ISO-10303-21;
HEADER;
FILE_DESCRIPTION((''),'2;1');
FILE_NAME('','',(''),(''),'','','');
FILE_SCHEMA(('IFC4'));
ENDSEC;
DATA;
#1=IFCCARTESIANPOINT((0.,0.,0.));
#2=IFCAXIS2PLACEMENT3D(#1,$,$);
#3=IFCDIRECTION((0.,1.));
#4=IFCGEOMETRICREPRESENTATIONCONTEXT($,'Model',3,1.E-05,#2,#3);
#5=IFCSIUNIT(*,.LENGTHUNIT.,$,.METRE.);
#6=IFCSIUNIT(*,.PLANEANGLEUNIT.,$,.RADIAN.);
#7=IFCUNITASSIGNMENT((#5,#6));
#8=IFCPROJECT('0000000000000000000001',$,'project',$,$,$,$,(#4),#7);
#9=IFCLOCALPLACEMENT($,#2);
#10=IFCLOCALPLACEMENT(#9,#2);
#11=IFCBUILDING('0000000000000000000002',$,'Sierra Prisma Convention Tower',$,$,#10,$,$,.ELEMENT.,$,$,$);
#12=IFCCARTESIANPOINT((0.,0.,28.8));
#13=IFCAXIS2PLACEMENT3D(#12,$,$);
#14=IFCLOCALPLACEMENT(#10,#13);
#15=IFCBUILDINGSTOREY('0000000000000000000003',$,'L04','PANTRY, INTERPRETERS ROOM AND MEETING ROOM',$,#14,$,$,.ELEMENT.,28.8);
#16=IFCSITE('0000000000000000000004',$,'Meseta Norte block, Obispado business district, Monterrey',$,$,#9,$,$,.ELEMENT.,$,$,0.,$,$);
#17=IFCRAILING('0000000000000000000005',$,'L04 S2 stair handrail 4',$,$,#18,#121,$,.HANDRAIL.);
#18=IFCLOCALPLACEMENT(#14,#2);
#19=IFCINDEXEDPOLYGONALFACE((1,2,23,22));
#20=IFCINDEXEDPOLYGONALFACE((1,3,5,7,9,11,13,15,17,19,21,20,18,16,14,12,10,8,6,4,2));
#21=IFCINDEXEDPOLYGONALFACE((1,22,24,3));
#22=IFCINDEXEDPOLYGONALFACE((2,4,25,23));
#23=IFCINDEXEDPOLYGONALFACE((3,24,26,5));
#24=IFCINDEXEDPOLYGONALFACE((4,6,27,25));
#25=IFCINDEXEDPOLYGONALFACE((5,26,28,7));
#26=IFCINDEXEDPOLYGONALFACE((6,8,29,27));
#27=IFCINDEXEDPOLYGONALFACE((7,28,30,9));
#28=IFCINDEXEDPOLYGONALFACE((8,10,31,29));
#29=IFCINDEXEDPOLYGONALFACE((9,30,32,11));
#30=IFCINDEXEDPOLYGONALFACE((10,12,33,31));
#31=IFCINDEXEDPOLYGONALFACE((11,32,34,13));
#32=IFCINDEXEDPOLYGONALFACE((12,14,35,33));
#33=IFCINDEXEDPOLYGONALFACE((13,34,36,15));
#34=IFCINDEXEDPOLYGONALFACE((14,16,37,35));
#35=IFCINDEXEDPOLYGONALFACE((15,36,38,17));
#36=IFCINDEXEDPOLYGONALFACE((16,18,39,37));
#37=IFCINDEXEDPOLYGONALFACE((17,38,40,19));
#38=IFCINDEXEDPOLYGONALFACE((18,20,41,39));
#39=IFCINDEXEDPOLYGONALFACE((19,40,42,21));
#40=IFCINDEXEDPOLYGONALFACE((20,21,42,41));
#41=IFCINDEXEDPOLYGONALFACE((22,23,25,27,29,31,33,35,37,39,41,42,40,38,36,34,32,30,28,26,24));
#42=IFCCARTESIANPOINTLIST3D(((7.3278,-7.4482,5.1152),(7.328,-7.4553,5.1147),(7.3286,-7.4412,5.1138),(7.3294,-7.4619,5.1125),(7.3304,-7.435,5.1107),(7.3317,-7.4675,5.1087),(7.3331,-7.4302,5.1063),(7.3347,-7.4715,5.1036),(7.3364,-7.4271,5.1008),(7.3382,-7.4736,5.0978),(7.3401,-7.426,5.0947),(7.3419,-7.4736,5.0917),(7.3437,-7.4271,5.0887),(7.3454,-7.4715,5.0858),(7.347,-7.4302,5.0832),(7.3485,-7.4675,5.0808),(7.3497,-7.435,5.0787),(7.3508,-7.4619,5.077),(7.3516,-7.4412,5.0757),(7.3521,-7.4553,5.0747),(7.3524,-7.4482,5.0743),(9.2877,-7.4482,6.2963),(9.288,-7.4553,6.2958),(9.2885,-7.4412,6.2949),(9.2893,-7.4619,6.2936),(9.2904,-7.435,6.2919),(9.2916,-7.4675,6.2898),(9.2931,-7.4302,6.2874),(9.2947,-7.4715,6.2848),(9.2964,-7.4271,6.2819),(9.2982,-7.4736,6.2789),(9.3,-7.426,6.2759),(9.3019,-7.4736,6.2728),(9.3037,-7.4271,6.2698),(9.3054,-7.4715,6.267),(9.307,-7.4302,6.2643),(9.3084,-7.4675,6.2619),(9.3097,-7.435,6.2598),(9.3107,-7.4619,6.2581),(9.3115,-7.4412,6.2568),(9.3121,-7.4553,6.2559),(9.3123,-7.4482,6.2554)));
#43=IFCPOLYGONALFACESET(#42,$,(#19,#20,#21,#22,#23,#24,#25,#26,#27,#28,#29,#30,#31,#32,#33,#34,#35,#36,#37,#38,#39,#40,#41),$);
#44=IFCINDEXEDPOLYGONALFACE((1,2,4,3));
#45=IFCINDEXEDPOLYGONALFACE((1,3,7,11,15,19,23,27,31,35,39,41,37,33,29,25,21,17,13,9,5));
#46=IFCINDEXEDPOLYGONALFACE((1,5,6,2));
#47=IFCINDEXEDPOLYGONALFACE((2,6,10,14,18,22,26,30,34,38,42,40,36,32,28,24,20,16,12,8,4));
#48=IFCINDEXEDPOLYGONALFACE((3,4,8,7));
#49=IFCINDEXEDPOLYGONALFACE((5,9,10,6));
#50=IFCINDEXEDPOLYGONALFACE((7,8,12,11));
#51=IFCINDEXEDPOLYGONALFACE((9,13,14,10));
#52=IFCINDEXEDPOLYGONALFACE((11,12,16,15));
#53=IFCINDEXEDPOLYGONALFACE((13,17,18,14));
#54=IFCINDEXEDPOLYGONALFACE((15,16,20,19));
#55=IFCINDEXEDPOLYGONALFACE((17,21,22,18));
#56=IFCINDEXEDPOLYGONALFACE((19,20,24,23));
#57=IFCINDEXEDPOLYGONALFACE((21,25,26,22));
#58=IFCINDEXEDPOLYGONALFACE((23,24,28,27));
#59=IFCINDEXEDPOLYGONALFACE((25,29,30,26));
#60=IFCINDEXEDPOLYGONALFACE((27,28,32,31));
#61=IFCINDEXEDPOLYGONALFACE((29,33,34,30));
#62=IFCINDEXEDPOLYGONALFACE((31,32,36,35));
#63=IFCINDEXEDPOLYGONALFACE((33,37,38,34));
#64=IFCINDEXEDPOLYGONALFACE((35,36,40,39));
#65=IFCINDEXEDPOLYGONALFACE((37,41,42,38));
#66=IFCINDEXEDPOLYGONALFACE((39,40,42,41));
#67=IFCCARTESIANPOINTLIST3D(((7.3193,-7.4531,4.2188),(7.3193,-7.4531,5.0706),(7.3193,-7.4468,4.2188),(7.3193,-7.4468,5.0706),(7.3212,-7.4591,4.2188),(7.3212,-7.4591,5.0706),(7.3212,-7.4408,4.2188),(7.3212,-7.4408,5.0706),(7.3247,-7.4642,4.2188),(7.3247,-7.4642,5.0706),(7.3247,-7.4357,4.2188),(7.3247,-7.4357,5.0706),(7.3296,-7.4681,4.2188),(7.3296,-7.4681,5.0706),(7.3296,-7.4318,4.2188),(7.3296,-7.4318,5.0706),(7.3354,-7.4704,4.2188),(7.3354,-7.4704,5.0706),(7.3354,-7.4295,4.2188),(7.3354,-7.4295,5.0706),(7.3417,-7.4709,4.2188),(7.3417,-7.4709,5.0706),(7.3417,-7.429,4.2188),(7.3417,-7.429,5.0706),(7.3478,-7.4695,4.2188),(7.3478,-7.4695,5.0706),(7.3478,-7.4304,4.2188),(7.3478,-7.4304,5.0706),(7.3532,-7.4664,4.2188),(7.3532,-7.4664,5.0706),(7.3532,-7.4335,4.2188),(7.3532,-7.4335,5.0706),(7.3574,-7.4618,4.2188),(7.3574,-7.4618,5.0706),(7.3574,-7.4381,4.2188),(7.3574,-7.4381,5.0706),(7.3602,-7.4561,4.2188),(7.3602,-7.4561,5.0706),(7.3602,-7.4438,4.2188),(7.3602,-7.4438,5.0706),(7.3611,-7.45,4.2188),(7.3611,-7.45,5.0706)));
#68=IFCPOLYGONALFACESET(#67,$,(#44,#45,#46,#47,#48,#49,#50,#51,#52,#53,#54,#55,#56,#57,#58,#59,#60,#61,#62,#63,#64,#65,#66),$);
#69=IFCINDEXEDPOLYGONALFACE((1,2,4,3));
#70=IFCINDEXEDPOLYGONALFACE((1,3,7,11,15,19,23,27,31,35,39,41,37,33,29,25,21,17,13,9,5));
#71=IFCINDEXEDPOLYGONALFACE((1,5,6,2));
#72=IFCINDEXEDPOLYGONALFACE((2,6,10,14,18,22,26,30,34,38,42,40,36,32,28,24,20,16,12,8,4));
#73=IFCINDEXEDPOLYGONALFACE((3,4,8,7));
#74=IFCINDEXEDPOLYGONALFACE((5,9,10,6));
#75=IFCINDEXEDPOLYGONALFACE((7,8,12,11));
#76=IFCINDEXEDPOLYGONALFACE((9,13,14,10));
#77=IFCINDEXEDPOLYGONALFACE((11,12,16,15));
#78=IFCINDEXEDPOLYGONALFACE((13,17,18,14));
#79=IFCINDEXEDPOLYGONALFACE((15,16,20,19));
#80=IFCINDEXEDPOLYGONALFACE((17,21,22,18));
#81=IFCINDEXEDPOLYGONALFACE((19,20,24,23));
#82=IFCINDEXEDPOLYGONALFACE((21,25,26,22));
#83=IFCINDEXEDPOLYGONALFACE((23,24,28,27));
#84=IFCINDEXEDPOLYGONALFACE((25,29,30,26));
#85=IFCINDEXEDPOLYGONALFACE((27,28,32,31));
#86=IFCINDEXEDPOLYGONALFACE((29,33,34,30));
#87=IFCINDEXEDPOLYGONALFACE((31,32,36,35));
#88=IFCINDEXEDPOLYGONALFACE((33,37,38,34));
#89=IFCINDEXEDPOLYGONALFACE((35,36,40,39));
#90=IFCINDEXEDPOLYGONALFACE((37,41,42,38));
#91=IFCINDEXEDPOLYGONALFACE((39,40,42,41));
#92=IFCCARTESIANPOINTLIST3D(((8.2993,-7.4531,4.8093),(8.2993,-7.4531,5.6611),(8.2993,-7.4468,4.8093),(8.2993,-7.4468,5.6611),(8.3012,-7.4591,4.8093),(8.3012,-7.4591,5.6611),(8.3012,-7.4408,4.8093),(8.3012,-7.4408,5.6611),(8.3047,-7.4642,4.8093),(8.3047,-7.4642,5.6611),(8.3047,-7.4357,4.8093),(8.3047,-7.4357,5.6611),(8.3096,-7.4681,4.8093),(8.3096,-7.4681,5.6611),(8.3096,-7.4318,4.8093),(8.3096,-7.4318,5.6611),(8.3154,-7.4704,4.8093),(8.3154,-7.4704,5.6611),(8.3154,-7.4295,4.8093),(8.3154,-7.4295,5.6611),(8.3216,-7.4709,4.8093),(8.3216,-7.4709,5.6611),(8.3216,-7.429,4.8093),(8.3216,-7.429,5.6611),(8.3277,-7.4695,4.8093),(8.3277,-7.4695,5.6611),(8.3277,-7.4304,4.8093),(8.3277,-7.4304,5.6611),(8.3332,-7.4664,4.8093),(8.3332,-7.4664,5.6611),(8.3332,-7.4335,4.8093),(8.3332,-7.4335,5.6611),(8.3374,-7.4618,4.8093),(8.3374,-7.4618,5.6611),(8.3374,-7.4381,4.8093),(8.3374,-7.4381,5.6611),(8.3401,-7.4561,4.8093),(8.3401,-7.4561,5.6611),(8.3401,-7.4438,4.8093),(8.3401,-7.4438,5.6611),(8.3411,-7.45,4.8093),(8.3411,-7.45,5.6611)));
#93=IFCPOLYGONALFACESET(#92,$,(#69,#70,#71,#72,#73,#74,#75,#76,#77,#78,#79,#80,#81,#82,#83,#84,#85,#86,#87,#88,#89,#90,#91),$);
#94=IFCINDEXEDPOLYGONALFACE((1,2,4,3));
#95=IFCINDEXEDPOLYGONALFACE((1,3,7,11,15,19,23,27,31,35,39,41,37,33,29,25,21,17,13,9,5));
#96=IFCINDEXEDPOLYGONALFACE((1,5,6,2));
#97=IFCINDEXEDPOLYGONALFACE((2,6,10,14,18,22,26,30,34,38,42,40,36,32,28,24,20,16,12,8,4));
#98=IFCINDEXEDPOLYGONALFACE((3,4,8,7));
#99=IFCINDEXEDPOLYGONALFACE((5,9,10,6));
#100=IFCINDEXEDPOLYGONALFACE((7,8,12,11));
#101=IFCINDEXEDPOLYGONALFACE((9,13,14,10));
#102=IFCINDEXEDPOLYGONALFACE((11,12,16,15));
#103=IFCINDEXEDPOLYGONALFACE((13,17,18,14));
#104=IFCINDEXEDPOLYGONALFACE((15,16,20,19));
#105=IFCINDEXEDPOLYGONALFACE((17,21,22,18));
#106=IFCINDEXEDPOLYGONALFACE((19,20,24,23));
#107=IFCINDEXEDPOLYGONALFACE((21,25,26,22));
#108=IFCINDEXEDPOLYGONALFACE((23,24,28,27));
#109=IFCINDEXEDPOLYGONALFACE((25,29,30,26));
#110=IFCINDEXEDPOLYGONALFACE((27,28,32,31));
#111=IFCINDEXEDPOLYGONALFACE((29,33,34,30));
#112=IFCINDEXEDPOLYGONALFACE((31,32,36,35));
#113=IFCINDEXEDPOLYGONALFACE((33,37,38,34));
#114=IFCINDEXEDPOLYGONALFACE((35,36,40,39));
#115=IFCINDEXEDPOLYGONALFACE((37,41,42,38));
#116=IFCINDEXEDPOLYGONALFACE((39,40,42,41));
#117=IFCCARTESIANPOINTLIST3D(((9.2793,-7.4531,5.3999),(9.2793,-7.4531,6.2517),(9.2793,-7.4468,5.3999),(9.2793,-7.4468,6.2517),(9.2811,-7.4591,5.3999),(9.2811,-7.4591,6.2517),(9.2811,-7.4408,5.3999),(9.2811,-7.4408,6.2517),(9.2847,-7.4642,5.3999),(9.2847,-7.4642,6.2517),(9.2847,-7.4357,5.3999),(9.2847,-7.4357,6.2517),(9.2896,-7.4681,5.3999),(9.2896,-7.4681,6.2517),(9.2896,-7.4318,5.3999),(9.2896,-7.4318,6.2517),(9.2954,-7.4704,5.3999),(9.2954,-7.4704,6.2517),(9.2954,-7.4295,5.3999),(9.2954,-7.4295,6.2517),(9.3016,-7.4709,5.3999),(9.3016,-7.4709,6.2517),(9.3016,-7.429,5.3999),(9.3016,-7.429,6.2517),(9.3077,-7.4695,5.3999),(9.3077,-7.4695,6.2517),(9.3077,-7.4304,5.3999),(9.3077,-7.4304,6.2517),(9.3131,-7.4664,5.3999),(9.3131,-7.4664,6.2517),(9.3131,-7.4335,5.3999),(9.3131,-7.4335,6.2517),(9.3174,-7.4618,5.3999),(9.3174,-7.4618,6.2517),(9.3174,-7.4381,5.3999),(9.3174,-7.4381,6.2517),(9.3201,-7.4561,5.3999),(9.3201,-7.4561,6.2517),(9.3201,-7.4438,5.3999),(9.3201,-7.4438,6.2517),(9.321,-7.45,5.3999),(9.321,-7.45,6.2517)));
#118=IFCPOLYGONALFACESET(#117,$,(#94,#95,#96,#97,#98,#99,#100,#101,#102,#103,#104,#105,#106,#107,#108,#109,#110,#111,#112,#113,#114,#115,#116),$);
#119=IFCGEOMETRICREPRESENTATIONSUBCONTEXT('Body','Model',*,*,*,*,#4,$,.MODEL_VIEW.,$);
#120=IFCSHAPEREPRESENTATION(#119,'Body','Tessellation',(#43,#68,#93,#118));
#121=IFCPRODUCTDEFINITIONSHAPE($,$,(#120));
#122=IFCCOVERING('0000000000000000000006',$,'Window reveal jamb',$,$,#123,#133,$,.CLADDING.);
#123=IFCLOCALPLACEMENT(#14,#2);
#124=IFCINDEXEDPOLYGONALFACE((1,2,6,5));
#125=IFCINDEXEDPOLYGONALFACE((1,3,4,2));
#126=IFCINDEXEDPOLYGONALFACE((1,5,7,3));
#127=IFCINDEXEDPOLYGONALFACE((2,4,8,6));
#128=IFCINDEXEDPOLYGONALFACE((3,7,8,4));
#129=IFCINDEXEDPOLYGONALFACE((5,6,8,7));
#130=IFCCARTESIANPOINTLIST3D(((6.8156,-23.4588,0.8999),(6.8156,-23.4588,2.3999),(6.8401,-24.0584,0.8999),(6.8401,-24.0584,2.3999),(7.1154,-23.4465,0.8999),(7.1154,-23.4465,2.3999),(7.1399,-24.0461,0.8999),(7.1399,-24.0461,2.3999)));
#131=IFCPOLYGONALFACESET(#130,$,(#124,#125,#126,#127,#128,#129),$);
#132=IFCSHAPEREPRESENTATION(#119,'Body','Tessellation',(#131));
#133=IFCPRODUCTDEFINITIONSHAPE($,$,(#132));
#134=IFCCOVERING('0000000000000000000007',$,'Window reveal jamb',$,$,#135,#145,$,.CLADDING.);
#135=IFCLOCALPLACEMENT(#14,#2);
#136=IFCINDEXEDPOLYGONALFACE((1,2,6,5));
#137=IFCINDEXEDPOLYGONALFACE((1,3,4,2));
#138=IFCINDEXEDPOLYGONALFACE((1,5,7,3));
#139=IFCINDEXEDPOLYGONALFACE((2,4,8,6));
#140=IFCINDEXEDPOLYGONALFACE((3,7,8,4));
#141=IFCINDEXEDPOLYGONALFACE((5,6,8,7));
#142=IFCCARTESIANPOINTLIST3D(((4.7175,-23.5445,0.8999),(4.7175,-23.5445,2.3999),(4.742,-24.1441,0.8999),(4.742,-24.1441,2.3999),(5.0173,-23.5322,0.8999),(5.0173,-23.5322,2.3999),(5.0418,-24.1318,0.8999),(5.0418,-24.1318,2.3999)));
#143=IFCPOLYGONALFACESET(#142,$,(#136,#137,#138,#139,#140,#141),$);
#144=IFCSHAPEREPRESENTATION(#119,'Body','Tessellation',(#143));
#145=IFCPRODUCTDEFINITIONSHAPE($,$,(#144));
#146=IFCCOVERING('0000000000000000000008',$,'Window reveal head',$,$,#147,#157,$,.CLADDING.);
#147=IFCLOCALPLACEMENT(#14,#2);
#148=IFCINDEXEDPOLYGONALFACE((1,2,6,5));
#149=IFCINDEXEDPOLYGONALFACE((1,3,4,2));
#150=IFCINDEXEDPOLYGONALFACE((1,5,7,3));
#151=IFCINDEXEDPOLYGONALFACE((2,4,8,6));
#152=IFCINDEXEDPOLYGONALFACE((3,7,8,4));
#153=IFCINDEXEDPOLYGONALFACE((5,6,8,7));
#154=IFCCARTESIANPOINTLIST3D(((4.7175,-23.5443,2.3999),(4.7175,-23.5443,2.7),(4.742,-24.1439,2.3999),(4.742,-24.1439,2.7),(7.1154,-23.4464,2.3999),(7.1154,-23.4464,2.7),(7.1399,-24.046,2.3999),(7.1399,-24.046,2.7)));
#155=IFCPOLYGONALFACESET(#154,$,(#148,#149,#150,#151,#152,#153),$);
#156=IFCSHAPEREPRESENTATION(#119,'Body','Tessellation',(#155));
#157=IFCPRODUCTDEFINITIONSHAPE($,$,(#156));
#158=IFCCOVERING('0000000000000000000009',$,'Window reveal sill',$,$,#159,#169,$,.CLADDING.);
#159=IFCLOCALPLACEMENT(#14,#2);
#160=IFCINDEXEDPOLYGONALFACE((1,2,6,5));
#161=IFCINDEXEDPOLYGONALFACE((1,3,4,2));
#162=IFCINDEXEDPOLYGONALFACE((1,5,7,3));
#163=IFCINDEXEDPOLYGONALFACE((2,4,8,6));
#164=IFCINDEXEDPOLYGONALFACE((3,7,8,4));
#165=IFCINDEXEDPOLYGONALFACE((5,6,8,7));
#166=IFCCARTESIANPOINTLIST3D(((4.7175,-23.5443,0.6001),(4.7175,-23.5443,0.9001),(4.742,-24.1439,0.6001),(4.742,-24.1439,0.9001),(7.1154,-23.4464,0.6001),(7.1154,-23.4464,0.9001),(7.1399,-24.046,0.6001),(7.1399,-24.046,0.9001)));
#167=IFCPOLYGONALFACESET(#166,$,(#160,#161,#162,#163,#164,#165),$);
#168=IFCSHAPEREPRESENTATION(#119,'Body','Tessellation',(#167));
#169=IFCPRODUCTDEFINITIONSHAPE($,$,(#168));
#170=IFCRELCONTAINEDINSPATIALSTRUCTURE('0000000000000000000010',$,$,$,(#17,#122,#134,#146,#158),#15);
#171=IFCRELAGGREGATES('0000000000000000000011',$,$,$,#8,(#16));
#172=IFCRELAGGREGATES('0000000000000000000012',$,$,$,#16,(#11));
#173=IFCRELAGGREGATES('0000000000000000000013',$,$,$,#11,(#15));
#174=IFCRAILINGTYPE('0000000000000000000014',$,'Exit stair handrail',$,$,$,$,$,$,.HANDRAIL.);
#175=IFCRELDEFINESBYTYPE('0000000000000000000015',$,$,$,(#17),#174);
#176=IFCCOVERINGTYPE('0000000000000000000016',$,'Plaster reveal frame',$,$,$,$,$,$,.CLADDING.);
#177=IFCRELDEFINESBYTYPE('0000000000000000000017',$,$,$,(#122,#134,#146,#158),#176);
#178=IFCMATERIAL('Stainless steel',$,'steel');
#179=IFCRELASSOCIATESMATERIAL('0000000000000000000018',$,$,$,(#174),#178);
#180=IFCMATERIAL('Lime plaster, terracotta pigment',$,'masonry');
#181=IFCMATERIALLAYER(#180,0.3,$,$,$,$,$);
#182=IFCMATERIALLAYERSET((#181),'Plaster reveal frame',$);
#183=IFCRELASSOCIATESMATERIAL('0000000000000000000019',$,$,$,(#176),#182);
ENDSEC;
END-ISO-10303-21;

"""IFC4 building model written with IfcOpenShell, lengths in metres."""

from ifc_helpers import new_model, si_unit, direction, frame, origin, origin_2d, place, context, subcontext, project, spatial, rectangle, circle, extrude, material, layer, layer_set, type_object, element, save


model = new_model("IFC4")

# Units and contexts
model_context = context("Model", 3, precision=1e-05, world=origin(), true_north=direction((0.0, 1.0)))
body_context = subcontext(model_context, "Body", "Model", "MODEL_VIEW")
ifc_project = project(units=[si_unit("LENGTHUNIT", "METRE"), si_unit("PLANEANGLEUNIT", "RADIAN")], contexts=[model_context])

# Site, building, storey
site_placement = place(None, origin())
site = spatial("IfcSite", under=ifc_project, at=site_placement, Name="Meseta Norte block, Obispado business district, Monterrey", CompositionType="ELEMENT", RefElevation=0.0)
building_placement = place(site_placement, origin())
building = spatial("IfcBuilding", under=site, at=building_placement, Name="Sierra Prisma Convention Tower", CompositionType="ELEMENT")
storey_placement = place(building_placement, frame((0.0, 0.0, 28.8)))
storey = spatial("IfcBuildingStorey", under=building, at=storey_placement, Name="L04", Description="PANTRY, INTERPRETERS ROOM AND MEETING ROOM", CompositionType="ELEMENT", Elevation=28.8)

# Railing
ifc_material_1 = material(Name="Stainless steel", Category="steel")
railing_type_1 = type_object("IfcRailingType", Name="Exit stair handrail", PredefinedType="HANDRAIL", material=ifc_material_1)
for number, where, name in (
    (1, (7.3401, -7.45, 4.2188), "L04 S2 stair handrail 4"),
):
    element("IfcRailing", number, at=place(storey_placement, frame(where)), inside=storey, type_object=railing_type_1, Name=name, PredefinedType="HANDRAIL", context=body_context, shape_type="SweptSolid", body=[
        extrude(circle(Radius=0.0239, at=origin_2d()), frame((0.0, 0.0, 0.876), z_axis=(0.856493, 0.0, 0.516158), x_axis=(0.0, 1.0, 0.0)), (0.0, 0.0, 1.0), 2.2883),
        extrude(circle(Radius=0.021, at=origin_2d()), origin(), (0.0, 0.0, 1.0), 0.8518),
        extrude(circle(Radius=0.021, at=origin_2d()), frame((0.98, 0.0, 0.5906)), (0.0, 0.0, 1.0), 0.8518),
        extrude(circle(Radius=0.021, at=origin_2d()), frame((1.96, 0.0, 1.1812)), (0.0, 0.0, 1.0), 0.8518),
    ])

# Coverings
ifc_material_2 = material(Name="Lime plaster, terracotta pigment", Category="masonry")
ifc_layer_1 = layer(ifc_material_2, 0.3)
ifc_layer_set_1 = layer_set([ifc_layer_1], Name="Plaster reveal frame")
covering_type = type_object("IfcCoveringType", Name="Plaster reveal frame", PredefinedType="CLADDING", material=ifc_layer_set_1)
for number, where, z_axis, x_axis, name in (
    (2, (6.9778, -23.7524, 0.8999), (0.0, 0.0, 1.0), (-0.999167, -0.040796, 0.0), "Window reveal jamb"),
    (3, (4.8796, -23.8381, 0.8999), (0.0, 0.0, 1.0), (-0.999167, -0.040796, 0.0), "Window reveal jamb"),
):
    element("IfcCovering", number, at=place(storey_placement, frame(where, z_axis=z_axis, x_axis=x_axis)), inside=storey, type_object=covering_type, Name=name, PredefinedType="CLADDING", context=body_context, shape_type="SweptSolid", body=[
        extrude(rectangle(XDim=0.3, YDim=0.6001, at=origin_2d()), origin(), (0.0, 0.0, 1.0), 1.5),
    ])
for number, where, z_axis, x_axis, name in (
    (4, (5.9287, -23.7952, 2.3999), (0.0, 0.0, 1.0), (-0.999167, -0.040796, 0.0), "Window reveal head"),
    (5, (5.9287, -23.7952, 0.6001), (0.0, 0.0, 1.0), (-0.999167, -0.040796, 0.0), "Window reveal sill"),
):
    element("IfcCovering", number, at=place(storey_placement, frame(where, z_axis=z_axis, x_axis=x_axis)), inside=storey, type_object=covering_type, Name=name, PredefinedType="CLADDING", context=body_context, shape_type="SweptSolid", body=[
        extrude(rectangle(XDim=2.3999, YDim=0.6001, at=origin_2d()), origin(), (0.0, 0.0, 1.0), 0.3),
    ])

save(model, "model.ifc")
